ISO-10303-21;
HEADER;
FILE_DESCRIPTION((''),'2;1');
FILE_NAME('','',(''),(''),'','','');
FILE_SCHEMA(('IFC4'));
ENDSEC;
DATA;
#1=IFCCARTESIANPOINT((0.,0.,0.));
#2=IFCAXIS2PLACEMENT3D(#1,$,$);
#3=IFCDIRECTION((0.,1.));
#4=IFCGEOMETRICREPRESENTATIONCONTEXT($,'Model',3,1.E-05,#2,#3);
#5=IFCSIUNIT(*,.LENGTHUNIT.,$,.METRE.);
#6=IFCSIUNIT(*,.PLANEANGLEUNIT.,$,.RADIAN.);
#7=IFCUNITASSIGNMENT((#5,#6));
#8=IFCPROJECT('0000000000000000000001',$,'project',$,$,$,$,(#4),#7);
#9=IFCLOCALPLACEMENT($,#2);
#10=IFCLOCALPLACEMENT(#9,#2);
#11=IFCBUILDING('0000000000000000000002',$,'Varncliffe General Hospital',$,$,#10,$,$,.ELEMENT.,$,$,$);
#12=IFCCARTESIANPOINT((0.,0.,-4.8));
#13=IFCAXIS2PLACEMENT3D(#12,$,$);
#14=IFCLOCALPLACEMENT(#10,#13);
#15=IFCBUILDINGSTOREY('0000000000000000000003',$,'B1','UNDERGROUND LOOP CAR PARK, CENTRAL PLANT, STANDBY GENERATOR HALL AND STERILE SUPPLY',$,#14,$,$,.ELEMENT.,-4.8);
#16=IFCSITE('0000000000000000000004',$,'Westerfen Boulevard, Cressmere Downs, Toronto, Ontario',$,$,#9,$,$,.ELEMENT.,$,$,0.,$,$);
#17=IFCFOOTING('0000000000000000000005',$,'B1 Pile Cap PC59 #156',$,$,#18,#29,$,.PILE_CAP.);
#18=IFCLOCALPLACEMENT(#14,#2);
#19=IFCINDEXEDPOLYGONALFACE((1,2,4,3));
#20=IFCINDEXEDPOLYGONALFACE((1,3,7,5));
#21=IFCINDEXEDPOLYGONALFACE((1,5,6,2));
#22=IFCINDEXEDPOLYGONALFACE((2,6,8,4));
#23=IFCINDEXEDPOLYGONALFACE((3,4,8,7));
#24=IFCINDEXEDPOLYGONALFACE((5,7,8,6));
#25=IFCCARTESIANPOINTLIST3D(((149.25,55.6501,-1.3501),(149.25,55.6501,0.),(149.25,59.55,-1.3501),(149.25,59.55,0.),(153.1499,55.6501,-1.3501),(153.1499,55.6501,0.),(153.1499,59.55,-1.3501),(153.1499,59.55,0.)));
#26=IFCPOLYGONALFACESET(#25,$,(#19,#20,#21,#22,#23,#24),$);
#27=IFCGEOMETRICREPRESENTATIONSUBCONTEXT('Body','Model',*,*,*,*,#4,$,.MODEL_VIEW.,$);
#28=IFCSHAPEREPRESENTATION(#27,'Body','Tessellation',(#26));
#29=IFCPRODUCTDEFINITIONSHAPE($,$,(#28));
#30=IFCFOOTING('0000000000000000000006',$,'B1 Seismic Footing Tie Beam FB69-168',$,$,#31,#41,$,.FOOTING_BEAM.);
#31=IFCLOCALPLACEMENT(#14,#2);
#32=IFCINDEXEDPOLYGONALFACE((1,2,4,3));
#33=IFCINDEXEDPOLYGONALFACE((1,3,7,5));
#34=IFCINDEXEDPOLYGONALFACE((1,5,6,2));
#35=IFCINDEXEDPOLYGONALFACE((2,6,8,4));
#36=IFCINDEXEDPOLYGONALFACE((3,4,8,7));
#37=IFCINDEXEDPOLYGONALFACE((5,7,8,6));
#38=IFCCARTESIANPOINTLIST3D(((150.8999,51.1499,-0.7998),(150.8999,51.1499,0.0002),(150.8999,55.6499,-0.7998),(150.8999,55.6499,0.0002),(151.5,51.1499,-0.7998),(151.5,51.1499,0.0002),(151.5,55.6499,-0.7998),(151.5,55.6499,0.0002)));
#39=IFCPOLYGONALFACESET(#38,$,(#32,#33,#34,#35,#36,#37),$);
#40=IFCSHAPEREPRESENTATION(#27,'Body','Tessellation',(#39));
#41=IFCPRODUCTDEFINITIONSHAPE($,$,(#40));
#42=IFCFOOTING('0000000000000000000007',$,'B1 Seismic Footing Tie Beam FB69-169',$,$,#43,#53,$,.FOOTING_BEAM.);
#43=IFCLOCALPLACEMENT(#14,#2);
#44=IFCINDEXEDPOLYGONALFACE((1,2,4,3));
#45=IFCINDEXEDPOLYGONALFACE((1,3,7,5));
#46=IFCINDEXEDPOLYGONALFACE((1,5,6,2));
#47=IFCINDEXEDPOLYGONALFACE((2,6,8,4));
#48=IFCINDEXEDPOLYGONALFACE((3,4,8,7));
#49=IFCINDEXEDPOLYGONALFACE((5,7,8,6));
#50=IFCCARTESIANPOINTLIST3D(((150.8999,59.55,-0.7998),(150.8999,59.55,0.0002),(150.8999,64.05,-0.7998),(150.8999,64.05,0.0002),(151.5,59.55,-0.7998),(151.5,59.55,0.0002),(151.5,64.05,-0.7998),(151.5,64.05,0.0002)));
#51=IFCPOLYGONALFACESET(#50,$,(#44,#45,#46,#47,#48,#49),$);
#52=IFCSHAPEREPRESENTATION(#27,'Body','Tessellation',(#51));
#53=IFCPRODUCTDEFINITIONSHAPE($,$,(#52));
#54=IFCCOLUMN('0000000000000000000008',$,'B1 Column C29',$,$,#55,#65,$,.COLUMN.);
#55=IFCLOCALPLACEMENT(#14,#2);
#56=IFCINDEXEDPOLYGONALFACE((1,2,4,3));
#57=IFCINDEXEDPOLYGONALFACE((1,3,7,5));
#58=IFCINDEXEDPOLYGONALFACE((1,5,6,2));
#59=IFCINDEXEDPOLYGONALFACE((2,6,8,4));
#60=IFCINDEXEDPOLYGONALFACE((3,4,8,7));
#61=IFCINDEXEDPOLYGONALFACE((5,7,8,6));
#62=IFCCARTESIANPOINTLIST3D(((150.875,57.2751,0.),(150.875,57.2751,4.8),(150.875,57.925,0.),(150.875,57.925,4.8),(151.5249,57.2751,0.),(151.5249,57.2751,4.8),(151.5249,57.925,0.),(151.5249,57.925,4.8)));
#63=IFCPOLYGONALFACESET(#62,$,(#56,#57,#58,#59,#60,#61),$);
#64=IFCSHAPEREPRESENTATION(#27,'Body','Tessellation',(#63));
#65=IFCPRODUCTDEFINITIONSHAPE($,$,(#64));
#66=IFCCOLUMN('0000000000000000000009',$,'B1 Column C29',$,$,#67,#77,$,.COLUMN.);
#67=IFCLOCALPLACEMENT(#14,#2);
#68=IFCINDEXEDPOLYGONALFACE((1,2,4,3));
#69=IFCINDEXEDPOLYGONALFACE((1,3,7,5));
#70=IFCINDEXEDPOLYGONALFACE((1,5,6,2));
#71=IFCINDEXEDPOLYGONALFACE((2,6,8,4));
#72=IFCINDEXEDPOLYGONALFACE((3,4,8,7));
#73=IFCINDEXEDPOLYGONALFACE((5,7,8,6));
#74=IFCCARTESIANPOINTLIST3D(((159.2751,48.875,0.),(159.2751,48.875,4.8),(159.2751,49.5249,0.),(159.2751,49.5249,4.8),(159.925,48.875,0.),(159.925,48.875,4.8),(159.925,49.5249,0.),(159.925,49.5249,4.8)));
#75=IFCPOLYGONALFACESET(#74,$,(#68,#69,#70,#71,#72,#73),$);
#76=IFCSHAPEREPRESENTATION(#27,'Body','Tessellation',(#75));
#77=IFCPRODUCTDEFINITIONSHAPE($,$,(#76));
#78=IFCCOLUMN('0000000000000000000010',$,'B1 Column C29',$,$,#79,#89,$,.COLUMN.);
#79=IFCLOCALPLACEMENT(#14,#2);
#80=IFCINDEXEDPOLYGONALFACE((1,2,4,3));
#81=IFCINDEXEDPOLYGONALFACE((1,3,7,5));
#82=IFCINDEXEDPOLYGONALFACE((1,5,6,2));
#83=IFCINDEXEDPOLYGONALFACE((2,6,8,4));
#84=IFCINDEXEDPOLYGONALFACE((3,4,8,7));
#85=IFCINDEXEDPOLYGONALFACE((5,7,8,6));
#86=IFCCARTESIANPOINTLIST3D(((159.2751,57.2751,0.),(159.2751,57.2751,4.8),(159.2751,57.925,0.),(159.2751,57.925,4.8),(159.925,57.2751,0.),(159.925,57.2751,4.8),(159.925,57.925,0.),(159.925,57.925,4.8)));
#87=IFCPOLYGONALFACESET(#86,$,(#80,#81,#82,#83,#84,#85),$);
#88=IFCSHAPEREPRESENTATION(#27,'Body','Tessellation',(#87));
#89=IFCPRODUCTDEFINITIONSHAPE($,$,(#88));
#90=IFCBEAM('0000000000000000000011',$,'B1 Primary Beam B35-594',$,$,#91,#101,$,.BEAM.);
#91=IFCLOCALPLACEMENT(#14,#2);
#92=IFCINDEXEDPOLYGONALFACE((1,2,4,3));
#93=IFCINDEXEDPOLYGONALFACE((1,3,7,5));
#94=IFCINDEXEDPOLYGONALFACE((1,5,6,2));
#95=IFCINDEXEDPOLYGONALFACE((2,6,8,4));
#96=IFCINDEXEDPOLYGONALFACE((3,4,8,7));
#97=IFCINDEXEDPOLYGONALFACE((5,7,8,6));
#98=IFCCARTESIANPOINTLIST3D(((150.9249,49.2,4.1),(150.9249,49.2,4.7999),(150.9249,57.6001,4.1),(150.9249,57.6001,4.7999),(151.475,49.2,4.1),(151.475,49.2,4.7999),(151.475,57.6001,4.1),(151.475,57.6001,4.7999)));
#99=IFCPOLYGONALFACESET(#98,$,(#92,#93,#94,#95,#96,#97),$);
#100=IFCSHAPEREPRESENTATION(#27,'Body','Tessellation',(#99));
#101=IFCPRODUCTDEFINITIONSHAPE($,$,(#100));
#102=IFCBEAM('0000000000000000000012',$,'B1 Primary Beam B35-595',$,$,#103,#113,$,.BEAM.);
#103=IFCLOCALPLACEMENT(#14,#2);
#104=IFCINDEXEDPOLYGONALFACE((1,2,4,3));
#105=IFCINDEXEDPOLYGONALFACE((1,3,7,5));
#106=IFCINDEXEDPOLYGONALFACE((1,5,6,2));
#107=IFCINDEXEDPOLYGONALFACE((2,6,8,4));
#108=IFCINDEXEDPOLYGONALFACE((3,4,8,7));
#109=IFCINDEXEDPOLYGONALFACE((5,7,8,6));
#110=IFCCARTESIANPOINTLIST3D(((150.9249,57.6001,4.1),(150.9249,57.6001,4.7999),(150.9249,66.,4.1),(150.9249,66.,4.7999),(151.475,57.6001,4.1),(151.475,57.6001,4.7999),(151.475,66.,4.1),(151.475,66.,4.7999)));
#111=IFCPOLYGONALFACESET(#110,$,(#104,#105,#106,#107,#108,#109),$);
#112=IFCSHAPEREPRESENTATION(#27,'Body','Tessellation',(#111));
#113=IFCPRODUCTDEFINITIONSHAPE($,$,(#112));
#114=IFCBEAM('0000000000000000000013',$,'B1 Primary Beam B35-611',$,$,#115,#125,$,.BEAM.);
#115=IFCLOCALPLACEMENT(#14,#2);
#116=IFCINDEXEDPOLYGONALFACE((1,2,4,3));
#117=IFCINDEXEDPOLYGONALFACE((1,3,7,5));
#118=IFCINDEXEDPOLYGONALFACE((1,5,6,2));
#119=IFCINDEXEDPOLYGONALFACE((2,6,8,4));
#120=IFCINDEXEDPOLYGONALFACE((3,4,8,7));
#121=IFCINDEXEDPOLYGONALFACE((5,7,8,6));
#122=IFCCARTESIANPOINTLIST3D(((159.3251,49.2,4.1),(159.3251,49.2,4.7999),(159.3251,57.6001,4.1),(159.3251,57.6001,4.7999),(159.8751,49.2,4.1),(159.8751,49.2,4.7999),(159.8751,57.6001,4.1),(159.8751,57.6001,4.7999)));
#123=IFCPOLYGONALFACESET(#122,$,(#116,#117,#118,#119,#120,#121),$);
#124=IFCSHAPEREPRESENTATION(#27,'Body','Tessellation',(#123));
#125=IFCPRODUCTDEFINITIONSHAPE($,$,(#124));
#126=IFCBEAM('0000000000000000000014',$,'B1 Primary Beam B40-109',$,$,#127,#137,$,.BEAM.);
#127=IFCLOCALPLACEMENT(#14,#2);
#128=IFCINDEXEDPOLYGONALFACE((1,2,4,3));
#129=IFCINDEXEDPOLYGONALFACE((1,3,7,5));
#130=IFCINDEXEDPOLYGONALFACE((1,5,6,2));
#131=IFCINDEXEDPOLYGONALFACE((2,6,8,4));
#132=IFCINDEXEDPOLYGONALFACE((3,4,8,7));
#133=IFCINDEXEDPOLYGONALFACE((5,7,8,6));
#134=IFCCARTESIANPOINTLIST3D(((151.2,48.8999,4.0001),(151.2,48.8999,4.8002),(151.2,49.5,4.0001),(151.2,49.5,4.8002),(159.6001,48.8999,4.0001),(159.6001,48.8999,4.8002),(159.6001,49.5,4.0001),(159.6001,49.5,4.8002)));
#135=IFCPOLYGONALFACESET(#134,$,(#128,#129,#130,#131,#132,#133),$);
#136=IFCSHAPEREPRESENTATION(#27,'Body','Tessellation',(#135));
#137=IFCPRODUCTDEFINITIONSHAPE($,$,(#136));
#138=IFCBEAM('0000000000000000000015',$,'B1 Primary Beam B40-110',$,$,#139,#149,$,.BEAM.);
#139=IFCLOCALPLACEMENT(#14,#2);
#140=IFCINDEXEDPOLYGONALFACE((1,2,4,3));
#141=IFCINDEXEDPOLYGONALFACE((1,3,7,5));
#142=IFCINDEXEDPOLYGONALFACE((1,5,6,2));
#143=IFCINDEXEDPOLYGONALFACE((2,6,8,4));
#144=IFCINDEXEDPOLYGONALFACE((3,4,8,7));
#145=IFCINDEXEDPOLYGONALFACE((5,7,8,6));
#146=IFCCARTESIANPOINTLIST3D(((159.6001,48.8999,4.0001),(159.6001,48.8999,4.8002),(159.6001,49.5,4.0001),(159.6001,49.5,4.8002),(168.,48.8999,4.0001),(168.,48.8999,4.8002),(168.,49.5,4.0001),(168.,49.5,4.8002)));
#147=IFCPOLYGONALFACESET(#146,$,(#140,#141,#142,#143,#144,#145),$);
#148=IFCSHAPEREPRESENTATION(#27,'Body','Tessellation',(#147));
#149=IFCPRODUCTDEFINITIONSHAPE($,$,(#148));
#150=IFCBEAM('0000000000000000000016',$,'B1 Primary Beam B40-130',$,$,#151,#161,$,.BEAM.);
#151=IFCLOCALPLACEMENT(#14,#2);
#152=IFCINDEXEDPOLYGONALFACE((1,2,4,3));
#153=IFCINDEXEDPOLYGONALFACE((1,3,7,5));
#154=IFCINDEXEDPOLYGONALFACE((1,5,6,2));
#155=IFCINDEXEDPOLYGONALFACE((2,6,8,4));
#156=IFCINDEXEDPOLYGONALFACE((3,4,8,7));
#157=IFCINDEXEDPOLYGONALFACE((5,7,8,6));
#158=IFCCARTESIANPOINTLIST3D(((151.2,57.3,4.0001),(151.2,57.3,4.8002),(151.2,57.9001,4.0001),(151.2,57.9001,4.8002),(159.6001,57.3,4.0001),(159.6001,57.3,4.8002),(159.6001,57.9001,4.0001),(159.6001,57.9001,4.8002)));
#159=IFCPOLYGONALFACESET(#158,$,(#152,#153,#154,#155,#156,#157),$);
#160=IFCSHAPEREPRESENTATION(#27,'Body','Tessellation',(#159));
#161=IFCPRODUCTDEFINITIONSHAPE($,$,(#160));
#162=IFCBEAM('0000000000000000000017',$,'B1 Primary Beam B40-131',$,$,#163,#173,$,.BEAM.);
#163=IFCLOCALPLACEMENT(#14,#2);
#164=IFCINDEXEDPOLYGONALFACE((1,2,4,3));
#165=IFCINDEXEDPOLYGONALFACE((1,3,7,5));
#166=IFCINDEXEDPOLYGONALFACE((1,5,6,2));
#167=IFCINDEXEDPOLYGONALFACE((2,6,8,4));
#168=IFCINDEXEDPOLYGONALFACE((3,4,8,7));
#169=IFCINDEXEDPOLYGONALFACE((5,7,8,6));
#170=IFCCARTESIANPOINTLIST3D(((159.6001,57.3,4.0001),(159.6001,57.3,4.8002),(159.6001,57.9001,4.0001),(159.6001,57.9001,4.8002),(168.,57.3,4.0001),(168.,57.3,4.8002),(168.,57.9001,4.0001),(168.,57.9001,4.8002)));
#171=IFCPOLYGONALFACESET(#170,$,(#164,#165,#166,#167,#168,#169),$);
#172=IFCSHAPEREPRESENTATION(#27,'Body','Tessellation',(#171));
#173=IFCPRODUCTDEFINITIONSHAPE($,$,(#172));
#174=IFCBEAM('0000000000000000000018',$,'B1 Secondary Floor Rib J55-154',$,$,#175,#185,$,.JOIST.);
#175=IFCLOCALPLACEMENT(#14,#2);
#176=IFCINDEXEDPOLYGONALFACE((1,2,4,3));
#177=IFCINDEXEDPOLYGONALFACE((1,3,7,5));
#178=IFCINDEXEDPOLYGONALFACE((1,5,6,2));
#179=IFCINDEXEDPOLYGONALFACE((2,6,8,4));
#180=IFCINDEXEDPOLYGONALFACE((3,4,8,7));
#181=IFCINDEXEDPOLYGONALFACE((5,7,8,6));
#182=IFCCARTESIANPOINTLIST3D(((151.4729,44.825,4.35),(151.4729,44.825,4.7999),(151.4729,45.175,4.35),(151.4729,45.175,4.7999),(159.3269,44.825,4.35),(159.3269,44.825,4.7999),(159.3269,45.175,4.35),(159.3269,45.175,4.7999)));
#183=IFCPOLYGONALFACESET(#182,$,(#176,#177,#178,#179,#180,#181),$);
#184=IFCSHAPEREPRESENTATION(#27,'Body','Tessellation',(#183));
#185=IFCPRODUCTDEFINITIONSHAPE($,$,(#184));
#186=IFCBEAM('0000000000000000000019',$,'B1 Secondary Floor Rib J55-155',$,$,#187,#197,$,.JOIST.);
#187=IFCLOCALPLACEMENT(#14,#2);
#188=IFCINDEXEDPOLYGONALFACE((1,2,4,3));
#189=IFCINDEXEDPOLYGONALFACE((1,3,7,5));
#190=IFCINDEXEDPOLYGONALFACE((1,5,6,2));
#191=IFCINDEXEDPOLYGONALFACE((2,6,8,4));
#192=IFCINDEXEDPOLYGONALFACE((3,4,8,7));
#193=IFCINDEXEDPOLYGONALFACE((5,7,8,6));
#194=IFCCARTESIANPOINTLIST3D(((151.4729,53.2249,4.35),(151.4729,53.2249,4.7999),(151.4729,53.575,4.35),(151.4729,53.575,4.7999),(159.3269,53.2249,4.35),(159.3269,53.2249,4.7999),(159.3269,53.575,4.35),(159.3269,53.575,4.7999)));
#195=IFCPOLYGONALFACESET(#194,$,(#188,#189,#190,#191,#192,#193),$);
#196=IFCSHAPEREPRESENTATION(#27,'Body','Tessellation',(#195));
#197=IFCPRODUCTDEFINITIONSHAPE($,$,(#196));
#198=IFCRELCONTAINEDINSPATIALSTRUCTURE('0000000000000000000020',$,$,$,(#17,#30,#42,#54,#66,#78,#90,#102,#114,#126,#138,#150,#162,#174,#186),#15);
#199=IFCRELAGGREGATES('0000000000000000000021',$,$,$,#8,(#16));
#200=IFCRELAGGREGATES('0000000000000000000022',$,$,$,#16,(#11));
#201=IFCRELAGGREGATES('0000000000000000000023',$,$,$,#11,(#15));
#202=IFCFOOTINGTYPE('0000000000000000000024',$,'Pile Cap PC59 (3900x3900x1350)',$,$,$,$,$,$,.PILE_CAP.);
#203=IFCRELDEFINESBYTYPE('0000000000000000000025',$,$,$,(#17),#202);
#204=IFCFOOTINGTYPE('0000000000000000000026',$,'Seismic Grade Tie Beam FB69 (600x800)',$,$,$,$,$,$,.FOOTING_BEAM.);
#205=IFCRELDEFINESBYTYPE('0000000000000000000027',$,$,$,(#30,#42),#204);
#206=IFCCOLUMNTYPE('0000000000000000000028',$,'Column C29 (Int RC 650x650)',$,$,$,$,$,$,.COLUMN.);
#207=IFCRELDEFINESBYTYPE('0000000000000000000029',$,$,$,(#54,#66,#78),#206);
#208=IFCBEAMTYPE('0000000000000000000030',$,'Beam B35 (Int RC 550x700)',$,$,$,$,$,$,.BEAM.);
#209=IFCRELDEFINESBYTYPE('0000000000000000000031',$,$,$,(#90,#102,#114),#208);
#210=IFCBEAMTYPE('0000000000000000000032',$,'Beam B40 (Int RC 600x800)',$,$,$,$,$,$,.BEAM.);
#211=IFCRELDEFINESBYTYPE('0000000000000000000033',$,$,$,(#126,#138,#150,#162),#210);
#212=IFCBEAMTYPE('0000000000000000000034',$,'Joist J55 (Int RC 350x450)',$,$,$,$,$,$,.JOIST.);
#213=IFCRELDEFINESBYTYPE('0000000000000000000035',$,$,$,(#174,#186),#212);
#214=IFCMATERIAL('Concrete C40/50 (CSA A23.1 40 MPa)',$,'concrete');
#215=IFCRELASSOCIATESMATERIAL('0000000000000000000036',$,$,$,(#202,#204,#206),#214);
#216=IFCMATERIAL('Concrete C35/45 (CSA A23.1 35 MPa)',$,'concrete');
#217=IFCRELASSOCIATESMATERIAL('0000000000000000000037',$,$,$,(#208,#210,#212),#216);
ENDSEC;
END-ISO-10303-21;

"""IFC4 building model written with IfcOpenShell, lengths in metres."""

from ifc_helpers import new_model, si_unit, direction, frame, origin, origin_2d, place, context, subcontext, project, spatial, rectangle, extrude, material, material_profile, profile_set, type_object, element, save


model = new_model("IFC4")

# Units and contexts
model_context = context("Model", 3, precision=1e-05, world=origin(), true_north=direction((0.0, 1.0)))
body_context = subcontext(model_context, "Body", "Model", "MODEL_VIEW")
ifc_project = project(units=[si_unit("LENGTHUNIT", "METRE"), si_unit("PLANEANGLEUNIT", "RADIAN")], contexts=[model_context])

# Site, building, storey
site_placement = place(None, origin())
site = spatial("IfcSite", under=ifc_project, at=site_placement, Name="Westerfen Boulevard, Cressmere Downs, Toronto, Ontario", CompositionType="ELEMENT", RefElevation=0.0)
building_placement = place(site_placement, origin())
building = spatial("IfcBuilding", under=site, at=building_placement, Name="Varncliffe General Hospital", CompositionType="ELEMENT")
storey_placement = place(building_placement, frame((0.0, 0.0, -4.8)))
storey = spatial("IfcBuildingStorey", under=building, at=storey_placement, Name="B1", Description="UNDERGROUND LOOP CAR PARK, CENTRAL PLANT, STANDBY GENERATOR HALL AND STERILE SUPPLY", CompositionType="ELEMENT", Elevation=-4.8)

# Shared definitions
ifc_material_1 = material(Name="Concrete C40/50 (CSA A23.1 40 MPa)", Category="concrete")

# Footings
footing_type_1 = type_object("IfcFootingType", Name="Pile Cap PC59 (3900x3900x1350)", PredefinedType="PILE_CAP", material=ifc_material_1)
footing_placement = place(storey_placement, frame((151.2, 57.6001, -1.3501), z_axis=(0.0, 0.0, 1.0), x_axis=(1.0, 0.0, 0.0)))
element("IfcFooting", 1, at=footing_placement, inside=storey, type_object=footing_type_1, Name="B1 Pile Cap PC59 #156", PredefinedType="PILE_CAP", context=body_context, shape_type="SweptSolid", body=[
    extrude(rectangle(XDim=3.8999, YDim=3.8999, at=origin_2d()), origin(), (0.0, 0.0, 1.0), 1.3501),
])
footing_type_2 = type_object("IfcFootingType", Name="Seismic Grade Tie Beam FB69 (600x800)", PredefinedType="FOOTING_BEAM", material=ifc_material_1)
for number, where, z_axis, x_axis, name in (
    (2, (151.2, 53.3999, -0.7998), (0.0, 0.0, 1.0), (1.0, 0.0, 0.0), "B1 Seismic Footing Tie Beam FB69-168"),
    (3, (151.2, 61.8, -0.7998), (0.0, 0.0, 1.0), (1.0, 0.0, 0.0), "B1 Seismic Footing Tie Beam FB69-169"),
):
    element("IfcFooting", number, at=place(storey_placement, frame(where, z_axis=z_axis, x_axis=x_axis)), inside=storey, type_object=footing_type_2, Name=name, PredefinedType="FOOTING_BEAM", context=body_context, shape_type="SweptSolid", body=[
        extrude(rectangle(XDim=0.6001, YDim=4.5, at=origin_2d()), origin(), (0.0, 0.0, 1.0), 0.8),
    ])

# Columns
ifc_material_profile_1 = material_profile(ifc_material_1, rectangle(XDim=0.6499, YDim=0.6499, at=origin_2d()), Name="RC 650x650")
ifc_profile_set_1 = profile_set([ifc_material_profile_1], Name="Concrete C40/50 (CSA A23.1 40 MPa)")
column_type = type_object("IfcColumnType", Name="Column C29 (Int RC 650x650)", PredefinedType="COLUMN", material=ifc_profile_set_1)
for number, where, z_axis, x_axis, name in (
    (4, (151.2, 57.6001, 0.0), (0.0, 0.0, 1.0), (1.0, 0.0, 0.0), "B1 Column C29"),
    (5, (159.6001, 49.2, 0.0), (0.0, 0.0, 1.0), (1.0, 0.0, 0.0), "B1 Column C29"),
    (6, (159.6001, 57.6001, 0.0), (0.0, 0.0, 1.0), (1.0, 0.0, 0.0), "B1 Column C29"),
):
    element("IfcColumn", number, at=place(storey_placement, frame(where, z_axis=z_axis, x_axis=x_axis)), inside=storey, type_object=column_type, Name=name, PredefinedType="COLUMN", context=body_context, shape_type="SweptSolid", body=[
        extrude(rectangle(XDim=0.6499, YDim=0.6499, at=origin_2d()), origin(), (0.0, 0.0, 1.0), 4.8),
    ])

# Beams
ifc_material_2 = material(Name="Concrete C35/45 (CSA A23.1 35 MPa)", Category="concrete")
ifc_material_profile_2 = material_profile(ifc_material_2, rectangle(XDim=0.55, YDim=0.7, at=origin_2d()), Name="RC 550x700")
ifc_profile_set_2 = profile_set([ifc_material_profile_2], Name="Concrete C35/45 (CSA A23.1 35 MPa)")
beam_type_1 = type_object("IfcBeamType", Name="Beam B35 (Int RC 550x700)", PredefinedType="BEAM", material=ifc_profile_set_2)
beam_1_placement = place(storey_placement, frame((151.2, 49.2, 4.45), z_axis=(0.0, 1.0, 0.0), x_axis=(-1.0, 0.0, 0.0)))
element("IfcBeam", 7, at=beam_1_placement, inside=storey, type_object=beam_type_1, Name="B1 Primary Beam B35-594", PredefinedType="BEAM", context=body_context, shape_type="SweptSolid", body=[
    extrude(rectangle(XDim=0.55, YDim=0.7, at=origin_2d()), origin(), (0.0, 0.0, 1.0), 8.4001),
])
beam_2_placement = place(storey_placement, frame((151.2, 57.6001, 4.45), z_axis=(0.0, 1.0, 0.0), x_axis=(-1.0, 0.0, 0.0)))
element("IfcBeam", 8, at=beam_2_placement, inside=storey, type_object=beam_type_1, Name="B1 Primary Beam B35-595", PredefinedType="BEAM", context=body_context, shape_type="SweptSolid", body=[
    extrude(rectangle(XDim=0.55, YDim=0.7, at=origin_2d()), origin(), (0.0, 0.0, 1.0), 8.3999),
])
beam_3_placement = place(storey_placement, frame((159.6001, 49.2, 4.45), z_axis=(0.0, 1.0, 0.0), x_axis=(-1.0, 0.0, 0.0)))
element("IfcBeam", 9, at=beam_3_placement, inside=storey, type_object=beam_type_1, Name="B1 Primary Beam B35-611", PredefinedType="BEAM", context=body_context, shape_type="SweptSolid", body=[
    extrude(rectangle(XDim=0.55, YDim=0.7, at=origin_2d()), origin(), (0.0, 0.0, 1.0), 8.4001),
])
ifc_material_profile_3 = material_profile(ifc_material_2, rectangle(XDim=0.6001, YDim=0.8, at=origin_2d()), Name="RC 600x800")
ifc_profile_set_3 = profile_set([ifc_material_profile_3], Name="Concrete C35/45 (CSA A23.1 35 MPa)")
beam_type_2 = type_object("IfcBeamType", Name="Beam B40 (Int RC 600x800)", PredefinedType="BEAM", material=ifc_profile_set_3)
beam_4_placement = place(storey_placement, frame((151.2, 49.2, 4.4001), z_axis=(1.0, 0.0, 0.0), x_axis=(0.0, 1.0, 0.0)))
element("IfcBeam", 10, at=beam_4_placement, inside=storey, type_object=beam_type_2, Name="B1 Primary Beam B40-109", PredefinedType="BEAM", context=body_context, shape_type="SweptSolid", body=[
    extrude(rectangle(XDim=0.6001, YDim=0.8, at=origin_2d()), origin(), (0.0, 0.0, 1.0), 8.4001),
])
beam_5_placement = place(storey_placement, frame((159.6001, 49.2, 4.4001), z_axis=(1.0, 0.0, 0.0), x_axis=(0.0, 1.0, 0.0)))
element("IfcBeam", 11, at=beam_5_placement, inside=storey, type_object=beam_type_2, Name="B1 Primary Beam B40-110", PredefinedType="BEAM", context=body_context, shape_type="SweptSolid", body=[
    extrude(rectangle(XDim=0.6001, YDim=0.8, at=origin_2d()), origin(), (0.0, 0.0, 1.0), 8.3999),
])
beam_6_placement = place(storey_placement, frame((151.2, 57.6001, 4.4001), z_axis=(1.0, 0.0, 0.0), x_axis=(0.0, 1.0, 0.0)))
element("IfcBeam", 12, at=beam_6_placement, inside=storey, type_object=beam_type_2, Name="B1 Primary Beam B40-130", PredefinedType="BEAM", context=body_context, shape_type="SweptSolid", body=[
    extrude(rectangle(XDim=0.6001, YDim=0.8, at=origin_2d()), origin(), (0.0, 0.0, 1.0), 8.4001),
])
beam_7_placement = place(storey_placement, frame((159.6001, 57.6001, 4.4001), z_axis=(1.0, 0.0, 0.0), x_axis=(0.0, 1.0, 0.0)))
element("IfcBeam", 13, at=beam_7_placement, inside=storey, type_object=beam_type_2, Name="B1 Primary Beam B40-131", PredefinedType="BEAM", context=body_context, shape_type="SweptSolid", body=[
    extrude(rectangle(XDim=0.6001, YDim=0.8, at=origin_2d()), origin(), (0.0, 0.0, 1.0), 8.3999),
])
ifc_material_profile_4 = material_profile(ifc_material_2, rectangle(XDim=0.3501, YDim=0.45, at=origin_2d()), Name="RC 350x450")
ifc_profile_set_4 = profile_set([ifc_material_profile_4], Name="Concrete C35/45 (CSA A23.1 35 MPa)")
beam_type_3 = type_object("IfcBeamType", Name="Joist J55 (Int RC 350x450)", PredefinedType="JOIST", material=ifc_profile_set_4)
for number, where, z_axis, x_axis, name in (
    (14, (151.4729, 45.0, 4.575), (1.0, 0.0, 0.0), (0.0, 1.0, 0.0), "B1 Secondary Floor Rib J55-154"),
    (15, (151.4729, 53.3999, 4.575), (1.0, 0.0, 0.0), (0.0, 1.0, 0.0), "B1 Secondary Floor Rib J55-155"),
):
    element("IfcBeam", number, at=place(storey_placement, frame(where, z_axis=z_axis, x_axis=x_axis)), inside=storey, type_object=beam_type_3, Name=name, PredefinedType="JOIST", context=body_context, shape_type="SweptSolid", body=[
        extrude(rectangle(XDim=0.3501, YDim=0.45, at=origin_2d()), origin(), (0.0, 0.0, 1.0), 7.854),
    ])

save(model, "model.ifc")
